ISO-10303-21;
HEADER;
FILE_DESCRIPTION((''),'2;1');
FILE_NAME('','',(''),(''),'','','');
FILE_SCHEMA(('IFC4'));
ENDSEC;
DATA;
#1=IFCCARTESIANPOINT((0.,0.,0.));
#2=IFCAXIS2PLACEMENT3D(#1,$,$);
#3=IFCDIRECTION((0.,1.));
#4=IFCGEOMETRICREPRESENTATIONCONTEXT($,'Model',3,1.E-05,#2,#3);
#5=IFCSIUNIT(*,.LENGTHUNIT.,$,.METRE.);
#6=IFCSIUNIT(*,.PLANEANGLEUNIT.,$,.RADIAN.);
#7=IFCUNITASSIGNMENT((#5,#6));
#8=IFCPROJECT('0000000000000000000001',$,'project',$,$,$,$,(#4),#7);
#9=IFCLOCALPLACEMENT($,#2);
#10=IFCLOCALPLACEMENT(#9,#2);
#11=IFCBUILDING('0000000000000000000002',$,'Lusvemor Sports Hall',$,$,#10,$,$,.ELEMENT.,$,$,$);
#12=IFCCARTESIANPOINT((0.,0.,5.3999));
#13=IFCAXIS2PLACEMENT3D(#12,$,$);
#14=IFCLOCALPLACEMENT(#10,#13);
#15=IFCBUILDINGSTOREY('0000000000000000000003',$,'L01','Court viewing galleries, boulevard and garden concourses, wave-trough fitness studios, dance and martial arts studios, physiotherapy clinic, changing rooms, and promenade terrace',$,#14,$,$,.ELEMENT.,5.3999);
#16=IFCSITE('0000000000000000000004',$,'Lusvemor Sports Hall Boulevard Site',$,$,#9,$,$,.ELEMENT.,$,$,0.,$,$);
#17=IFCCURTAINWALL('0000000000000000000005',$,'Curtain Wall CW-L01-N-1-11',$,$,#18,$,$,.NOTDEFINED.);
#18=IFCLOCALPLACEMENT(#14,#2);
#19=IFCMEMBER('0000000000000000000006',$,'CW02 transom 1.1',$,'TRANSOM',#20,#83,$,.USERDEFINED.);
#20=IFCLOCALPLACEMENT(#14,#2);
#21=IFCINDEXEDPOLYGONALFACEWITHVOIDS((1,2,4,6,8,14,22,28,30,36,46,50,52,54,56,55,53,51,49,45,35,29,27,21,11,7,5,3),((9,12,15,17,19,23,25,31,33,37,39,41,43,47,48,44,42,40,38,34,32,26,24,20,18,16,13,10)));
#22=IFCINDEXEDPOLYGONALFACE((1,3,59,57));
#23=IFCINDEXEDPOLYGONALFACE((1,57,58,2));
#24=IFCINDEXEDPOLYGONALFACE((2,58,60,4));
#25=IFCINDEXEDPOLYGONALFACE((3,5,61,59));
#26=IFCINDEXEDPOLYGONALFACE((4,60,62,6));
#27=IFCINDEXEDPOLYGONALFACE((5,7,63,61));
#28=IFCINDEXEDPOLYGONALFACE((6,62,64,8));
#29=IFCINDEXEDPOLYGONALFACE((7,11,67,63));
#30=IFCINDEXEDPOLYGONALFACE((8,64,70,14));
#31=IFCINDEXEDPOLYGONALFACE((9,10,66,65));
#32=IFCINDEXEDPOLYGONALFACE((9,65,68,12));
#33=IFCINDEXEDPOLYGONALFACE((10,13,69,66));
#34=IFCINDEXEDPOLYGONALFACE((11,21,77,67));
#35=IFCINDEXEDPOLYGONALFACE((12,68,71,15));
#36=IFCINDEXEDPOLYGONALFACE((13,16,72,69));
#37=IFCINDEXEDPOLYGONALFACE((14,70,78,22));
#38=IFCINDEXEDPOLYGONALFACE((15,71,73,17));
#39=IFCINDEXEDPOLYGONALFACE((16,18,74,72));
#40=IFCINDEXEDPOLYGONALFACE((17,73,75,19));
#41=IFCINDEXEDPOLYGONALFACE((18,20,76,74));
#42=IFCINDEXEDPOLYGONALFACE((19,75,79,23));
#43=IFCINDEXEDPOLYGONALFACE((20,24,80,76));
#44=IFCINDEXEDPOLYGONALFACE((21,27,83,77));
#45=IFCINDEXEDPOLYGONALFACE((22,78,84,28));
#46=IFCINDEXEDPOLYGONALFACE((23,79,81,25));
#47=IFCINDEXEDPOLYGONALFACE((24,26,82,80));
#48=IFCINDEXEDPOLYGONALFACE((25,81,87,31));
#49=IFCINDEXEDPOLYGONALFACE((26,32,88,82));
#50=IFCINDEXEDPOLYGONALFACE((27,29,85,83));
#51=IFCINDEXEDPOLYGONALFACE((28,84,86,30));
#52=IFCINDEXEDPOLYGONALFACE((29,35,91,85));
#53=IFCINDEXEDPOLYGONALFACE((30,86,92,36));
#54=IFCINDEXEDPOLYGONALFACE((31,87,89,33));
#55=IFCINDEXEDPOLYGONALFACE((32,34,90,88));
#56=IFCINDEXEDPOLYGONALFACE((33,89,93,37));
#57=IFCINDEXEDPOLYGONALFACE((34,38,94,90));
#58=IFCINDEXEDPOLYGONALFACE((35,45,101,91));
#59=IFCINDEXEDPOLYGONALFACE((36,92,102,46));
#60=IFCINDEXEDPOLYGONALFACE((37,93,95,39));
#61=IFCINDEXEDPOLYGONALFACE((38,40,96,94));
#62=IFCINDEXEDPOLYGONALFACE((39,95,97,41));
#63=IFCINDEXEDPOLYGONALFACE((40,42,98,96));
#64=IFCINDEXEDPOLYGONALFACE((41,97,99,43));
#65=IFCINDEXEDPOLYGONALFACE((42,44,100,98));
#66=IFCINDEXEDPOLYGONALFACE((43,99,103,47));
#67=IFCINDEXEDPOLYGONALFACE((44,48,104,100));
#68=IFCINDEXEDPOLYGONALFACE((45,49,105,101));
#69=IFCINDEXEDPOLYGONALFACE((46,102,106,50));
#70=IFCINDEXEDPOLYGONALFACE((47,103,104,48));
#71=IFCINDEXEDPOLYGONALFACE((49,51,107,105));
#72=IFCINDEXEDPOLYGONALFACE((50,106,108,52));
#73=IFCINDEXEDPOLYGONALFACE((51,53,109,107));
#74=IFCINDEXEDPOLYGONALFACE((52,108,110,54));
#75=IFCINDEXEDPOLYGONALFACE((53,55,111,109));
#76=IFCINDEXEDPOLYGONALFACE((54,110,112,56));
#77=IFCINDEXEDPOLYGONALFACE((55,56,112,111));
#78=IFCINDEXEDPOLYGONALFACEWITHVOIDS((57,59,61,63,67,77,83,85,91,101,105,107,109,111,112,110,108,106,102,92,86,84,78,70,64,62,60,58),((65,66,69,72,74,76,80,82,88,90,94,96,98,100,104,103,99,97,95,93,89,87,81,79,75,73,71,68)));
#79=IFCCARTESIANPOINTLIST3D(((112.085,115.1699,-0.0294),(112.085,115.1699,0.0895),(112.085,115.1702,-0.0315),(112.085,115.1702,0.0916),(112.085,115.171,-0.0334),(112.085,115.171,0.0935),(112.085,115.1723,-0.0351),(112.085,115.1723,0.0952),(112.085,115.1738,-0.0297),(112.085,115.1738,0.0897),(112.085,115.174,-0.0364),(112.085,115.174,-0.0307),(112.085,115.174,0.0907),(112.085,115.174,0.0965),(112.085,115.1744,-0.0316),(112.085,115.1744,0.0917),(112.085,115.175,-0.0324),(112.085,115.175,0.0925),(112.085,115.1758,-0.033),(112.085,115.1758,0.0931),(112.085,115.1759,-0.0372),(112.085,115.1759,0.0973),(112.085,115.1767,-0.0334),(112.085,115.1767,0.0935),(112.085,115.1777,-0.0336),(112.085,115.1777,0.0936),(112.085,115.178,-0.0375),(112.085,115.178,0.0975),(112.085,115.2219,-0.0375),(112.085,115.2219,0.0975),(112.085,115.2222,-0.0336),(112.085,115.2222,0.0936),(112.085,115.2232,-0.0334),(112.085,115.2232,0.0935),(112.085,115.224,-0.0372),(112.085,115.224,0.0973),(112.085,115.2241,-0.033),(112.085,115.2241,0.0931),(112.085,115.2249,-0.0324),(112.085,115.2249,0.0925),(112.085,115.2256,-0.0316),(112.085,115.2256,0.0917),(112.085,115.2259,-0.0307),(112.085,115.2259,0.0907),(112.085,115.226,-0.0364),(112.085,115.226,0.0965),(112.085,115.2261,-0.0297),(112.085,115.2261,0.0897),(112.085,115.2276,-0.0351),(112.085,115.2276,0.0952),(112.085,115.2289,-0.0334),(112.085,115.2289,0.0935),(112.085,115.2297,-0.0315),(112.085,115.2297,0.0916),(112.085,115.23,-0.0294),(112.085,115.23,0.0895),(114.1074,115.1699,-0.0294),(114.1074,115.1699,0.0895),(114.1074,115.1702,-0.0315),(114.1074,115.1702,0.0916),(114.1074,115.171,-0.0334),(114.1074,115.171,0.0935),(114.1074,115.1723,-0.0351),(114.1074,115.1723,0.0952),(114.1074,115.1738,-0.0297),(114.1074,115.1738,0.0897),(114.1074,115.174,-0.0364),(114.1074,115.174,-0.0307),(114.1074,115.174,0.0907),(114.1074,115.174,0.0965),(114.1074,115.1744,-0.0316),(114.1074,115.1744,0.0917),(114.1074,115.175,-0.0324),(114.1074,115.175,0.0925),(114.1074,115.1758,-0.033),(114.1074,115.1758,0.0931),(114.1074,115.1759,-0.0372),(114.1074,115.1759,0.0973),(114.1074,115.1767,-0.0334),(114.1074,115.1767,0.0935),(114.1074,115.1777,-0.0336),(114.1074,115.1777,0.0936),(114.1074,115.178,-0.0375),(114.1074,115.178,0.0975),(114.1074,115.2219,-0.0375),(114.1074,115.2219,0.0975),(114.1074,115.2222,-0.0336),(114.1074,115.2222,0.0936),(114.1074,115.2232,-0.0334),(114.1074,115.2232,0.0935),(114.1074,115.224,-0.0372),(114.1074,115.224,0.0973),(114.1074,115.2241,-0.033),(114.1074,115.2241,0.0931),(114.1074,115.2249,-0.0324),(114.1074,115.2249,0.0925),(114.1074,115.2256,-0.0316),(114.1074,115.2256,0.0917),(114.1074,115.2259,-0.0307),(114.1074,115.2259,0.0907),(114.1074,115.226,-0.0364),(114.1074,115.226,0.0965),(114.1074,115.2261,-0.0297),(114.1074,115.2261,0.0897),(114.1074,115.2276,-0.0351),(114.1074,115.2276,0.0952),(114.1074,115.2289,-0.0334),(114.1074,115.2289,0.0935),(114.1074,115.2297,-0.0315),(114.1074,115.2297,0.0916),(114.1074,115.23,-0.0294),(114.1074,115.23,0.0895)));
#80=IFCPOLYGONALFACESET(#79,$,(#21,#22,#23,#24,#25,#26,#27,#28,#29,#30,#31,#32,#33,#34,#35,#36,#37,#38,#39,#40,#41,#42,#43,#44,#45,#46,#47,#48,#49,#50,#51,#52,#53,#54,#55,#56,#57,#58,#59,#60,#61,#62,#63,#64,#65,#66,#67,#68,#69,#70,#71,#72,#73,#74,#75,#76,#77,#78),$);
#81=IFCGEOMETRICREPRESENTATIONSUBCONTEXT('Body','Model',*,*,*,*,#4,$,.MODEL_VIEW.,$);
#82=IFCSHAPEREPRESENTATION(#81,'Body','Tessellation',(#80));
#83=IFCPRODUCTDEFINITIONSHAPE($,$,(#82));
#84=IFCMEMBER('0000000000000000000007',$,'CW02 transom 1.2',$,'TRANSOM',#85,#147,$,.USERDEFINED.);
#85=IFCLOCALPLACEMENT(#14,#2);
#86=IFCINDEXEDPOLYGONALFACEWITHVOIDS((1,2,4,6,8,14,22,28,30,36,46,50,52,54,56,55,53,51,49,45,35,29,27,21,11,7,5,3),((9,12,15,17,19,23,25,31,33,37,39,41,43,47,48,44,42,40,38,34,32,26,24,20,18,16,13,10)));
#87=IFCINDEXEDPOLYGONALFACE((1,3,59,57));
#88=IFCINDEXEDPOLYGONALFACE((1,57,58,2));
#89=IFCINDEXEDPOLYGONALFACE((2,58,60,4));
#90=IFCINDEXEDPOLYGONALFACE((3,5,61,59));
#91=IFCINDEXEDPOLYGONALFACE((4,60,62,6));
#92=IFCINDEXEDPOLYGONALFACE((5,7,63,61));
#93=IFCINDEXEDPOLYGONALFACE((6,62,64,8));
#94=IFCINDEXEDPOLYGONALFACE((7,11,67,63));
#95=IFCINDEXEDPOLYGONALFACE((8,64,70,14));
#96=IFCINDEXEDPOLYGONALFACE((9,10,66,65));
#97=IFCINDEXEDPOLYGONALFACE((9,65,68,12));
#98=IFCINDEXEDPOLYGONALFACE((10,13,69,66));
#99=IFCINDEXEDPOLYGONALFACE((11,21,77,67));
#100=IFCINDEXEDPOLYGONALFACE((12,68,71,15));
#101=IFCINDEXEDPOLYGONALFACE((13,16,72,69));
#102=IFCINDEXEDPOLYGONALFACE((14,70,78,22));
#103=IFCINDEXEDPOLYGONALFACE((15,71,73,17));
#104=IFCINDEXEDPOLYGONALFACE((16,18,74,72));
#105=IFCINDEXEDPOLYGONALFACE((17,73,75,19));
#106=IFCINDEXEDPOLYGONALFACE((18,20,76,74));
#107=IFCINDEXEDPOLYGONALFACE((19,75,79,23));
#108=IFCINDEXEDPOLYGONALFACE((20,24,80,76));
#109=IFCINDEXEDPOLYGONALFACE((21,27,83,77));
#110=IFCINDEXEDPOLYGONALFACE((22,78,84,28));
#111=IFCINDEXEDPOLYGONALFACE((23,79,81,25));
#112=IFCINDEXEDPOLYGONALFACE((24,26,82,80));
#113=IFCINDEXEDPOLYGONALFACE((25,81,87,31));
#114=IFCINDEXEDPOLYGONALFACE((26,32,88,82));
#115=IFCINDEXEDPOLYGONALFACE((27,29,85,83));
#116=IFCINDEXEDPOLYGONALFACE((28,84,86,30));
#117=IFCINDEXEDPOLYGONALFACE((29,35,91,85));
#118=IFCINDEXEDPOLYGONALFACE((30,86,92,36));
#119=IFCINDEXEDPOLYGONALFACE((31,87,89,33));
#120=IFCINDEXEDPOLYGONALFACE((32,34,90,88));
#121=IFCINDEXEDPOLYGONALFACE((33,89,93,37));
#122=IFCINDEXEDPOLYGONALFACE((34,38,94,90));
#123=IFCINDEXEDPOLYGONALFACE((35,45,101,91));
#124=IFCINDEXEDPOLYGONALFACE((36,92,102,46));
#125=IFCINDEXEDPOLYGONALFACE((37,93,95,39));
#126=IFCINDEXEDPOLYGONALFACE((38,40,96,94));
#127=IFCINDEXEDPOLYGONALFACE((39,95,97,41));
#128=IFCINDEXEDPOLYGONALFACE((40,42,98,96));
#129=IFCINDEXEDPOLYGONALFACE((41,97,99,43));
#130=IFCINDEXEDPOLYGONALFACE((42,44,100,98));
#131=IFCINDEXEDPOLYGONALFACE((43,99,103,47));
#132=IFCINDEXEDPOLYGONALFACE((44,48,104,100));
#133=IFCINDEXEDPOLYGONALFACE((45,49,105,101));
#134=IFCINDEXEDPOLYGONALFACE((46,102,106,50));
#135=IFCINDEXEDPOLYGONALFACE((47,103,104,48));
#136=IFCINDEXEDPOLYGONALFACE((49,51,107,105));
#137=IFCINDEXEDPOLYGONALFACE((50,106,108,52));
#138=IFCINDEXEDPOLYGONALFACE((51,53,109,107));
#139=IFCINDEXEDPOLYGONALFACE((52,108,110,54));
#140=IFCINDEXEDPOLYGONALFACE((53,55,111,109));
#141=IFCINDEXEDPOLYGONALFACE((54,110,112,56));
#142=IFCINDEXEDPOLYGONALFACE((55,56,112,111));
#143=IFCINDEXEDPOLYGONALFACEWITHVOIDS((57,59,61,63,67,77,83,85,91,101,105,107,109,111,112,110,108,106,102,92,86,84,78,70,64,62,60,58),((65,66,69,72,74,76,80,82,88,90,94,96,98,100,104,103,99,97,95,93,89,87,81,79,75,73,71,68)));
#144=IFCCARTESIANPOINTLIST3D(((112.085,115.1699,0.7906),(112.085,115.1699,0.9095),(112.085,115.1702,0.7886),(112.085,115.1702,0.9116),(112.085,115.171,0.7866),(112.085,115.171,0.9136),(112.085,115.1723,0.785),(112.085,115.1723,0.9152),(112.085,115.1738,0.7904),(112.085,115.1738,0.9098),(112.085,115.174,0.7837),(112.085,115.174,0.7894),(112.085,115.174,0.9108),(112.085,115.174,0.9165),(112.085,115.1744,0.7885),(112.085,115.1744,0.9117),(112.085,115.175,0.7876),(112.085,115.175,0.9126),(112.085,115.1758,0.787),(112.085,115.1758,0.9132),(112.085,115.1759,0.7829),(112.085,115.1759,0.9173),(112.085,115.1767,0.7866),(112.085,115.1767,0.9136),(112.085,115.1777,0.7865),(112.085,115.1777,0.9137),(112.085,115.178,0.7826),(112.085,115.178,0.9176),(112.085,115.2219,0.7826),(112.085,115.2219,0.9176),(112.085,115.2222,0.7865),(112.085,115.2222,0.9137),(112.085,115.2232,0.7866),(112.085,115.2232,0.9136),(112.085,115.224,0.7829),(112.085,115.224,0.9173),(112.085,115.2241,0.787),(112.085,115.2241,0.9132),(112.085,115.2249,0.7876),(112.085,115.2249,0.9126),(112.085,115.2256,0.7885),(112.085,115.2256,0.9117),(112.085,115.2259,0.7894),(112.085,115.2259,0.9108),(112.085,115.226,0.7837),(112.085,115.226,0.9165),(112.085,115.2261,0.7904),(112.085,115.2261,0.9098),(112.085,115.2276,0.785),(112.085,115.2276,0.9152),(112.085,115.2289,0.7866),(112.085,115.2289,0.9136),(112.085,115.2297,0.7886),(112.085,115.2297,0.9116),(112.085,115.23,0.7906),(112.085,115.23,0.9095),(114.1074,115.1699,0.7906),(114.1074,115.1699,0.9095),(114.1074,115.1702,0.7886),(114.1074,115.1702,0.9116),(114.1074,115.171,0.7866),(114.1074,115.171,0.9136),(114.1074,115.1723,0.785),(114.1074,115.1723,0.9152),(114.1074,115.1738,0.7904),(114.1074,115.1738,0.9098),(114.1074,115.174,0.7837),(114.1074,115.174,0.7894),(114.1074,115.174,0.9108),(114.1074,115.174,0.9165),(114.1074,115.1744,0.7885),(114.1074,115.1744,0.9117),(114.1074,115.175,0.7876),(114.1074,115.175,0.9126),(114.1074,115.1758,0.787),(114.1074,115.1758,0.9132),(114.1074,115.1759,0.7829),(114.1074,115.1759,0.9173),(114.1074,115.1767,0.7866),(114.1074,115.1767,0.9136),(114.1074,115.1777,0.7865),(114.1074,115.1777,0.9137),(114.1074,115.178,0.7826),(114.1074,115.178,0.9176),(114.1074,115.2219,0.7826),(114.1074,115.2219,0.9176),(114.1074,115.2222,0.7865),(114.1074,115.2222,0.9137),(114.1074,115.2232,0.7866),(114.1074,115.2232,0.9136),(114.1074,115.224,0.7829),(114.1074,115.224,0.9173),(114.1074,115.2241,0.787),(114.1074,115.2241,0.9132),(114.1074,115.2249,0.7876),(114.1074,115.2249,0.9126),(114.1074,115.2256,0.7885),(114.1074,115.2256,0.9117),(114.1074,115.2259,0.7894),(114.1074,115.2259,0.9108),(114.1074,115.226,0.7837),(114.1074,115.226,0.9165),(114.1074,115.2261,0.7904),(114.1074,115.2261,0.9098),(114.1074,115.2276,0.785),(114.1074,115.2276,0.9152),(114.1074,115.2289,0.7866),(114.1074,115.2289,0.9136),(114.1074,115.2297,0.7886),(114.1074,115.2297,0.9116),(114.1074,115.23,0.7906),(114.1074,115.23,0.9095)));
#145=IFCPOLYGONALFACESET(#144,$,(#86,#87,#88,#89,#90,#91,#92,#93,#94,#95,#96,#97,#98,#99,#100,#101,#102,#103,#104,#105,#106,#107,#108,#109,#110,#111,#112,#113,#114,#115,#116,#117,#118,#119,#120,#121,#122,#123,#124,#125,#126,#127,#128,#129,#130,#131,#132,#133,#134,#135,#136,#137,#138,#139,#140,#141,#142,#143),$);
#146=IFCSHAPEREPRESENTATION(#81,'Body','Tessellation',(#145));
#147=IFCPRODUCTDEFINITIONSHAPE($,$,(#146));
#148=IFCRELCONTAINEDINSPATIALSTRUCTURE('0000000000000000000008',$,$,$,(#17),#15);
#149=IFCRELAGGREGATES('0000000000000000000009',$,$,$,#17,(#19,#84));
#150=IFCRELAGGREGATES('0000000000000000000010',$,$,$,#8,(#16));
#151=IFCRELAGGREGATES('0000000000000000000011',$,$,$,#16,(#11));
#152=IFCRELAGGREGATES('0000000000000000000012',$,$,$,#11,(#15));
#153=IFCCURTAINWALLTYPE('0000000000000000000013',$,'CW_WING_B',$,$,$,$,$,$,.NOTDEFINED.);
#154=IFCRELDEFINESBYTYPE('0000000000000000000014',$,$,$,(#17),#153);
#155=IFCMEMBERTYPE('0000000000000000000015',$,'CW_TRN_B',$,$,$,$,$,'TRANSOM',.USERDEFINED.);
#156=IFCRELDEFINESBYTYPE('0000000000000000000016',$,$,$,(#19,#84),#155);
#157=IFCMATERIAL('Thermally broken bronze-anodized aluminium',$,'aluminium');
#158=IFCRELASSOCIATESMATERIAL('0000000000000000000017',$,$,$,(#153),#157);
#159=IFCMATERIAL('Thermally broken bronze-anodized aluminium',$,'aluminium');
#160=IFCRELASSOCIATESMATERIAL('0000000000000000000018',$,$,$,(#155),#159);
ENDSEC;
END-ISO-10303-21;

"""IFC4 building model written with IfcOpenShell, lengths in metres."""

from ifc_helpers import new_model, si_unit, direction, frame, origin, origin_2d, place, context, subcontext, project, spatial, hollow_rectangle, extrude, material, material_profile, profile_set, type_object, element, aggregate, save


model = new_model("IFC4")

# Units and contexts
model_context = context("Model", 3, precision=1e-05, world=origin(), true_north=direction((0.0, 1.0)))
body_context = subcontext(model_context, "Body", "Model", "MODEL_VIEW")
ifc_project = project(units=[si_unit("LENGTHUNIT", "METRE"), si_unit("PLANEANGLEUNIT", "RADIAN")], contexts=[model_context])

# Site, building, storey
site_placement = place(None, origin())
site = spatial("IfcSite", under=ifc_project, at=site_placement, Name="Lusvemor Sports Hall Boulevard Site", CompositionType="ELEMENT", RefElevation=0.0)
building_placement = place(site_placement, origin())
building = spatial("IfcBuilding", under=site, at=building_placement, Name="Lusvemor Sports Hall", CompositionType="ELEMENT")
storey_placement = place(building_placement, frame((0.0, 0.0, 5.3999)))
storey = spatial("IfcBuildingStorey", under=building, at=storey_placement, Name="L01", Description="Court viewing galleries, boulevard and garden concourses, wave-trough fitness studios, dance and martial arts studios, physiotherapy clinic, changing rooms, and promenade terrace", CompositionType="ELEMENT", Elevation=5.3999)

# Curtain wall, members
ifc_material_1 = material(Name="Thermally broken bronze-anodized aluminium", Category="aluminium")
curtain_wall_type = type_object("IfcCurtainWallType", Name="CW_WING_B", PredefinedType="NOTDEFINED", material=ifc_material_1)
curtain_wall_placement = place(storey_placement, origin())
curtain_wall = element("IfcCurtainWall", 1, at=curtain_wall_placement, inside=storey, type_object=curtain_wall_type, Name="Curtain Wall CW-L01-N-1-11", PredefinedType="NOTDEFINED")
ifc_material_2 = material(Name="Thermally broken bronze-anodized aluminium", Category="aluminium")
ifc_material_profile_1 = material_profile(ifc_material_2, hollow_rectangle(XDim=0.0601, YDim=0.135, WallThickness=0.0039, InnerFilletRadius=0.0039, OuterFilletRadius=0.0081, at=origin_2d()), Name="CWTRN135x60x4")
ifc_profile_set_1 = profile_set([ifc_material_profile_1], Name="Thermally broken bronze-anodized aluminium")
member_type_1 = type_object("IfcMemberType", Name="CW_TRN_B", ElementType="TRANSOM", PredefinedType="USERDEFINED", material=ifc_profile_set_1)
member_1_placement = place(storey_placement, frame((112.085, 115.2, 0.03), z_axis=(1.0, 0.0, 0.0), x_axis=(0.0, 1.0, 0.0)))
member_1 = element("IfcMember", 2, at=member_1_placement, type_object=member_type_1, Name="CW02 transom 1.1", ObjectType="TRANSOM", PredefinedType="USERDEFINED", context=body_context, shape_type="SweptSolid", body=[
    extrude(hollow_rectangle(XDim=0.0601, YDim=0.135, WallThickness=0.0039, InnerFilletRadius=0.0039, OuterFilletRadius=0.0081, at=origin_2d()), origin(), (0.0, 0.0, 1.0), 2.0225),
])
member_2_placement = place(storey_placement, frame((112.085, 115.2, 0.8501), z_axis=(1.0, 0.0, 0.0), x_axis=(0.0, 1.0, 0.0)))
member_2 = element("IfcMember", 3, at=member_2_placement, type_object=member_type_1, Name="CW02 transom 1.2", ObjectType="TRANSOM", PredefinedType="USERDEFINED", context=body_context, shape_type="SweptSolid", body=[
    extrude(hollow_rectangle(XDim=0.0601, YDim=0.135, WallThickness=0.0039, InnerFilletRadius=0.0039, OuterFilletRadius=0.0081, at=origin_2d()), origin(), (0.0, 0.0, 1.0), 2.0225),
])

aggregate(curtain_wall, [member_1, member_2])

save(model, "model.ifc")
